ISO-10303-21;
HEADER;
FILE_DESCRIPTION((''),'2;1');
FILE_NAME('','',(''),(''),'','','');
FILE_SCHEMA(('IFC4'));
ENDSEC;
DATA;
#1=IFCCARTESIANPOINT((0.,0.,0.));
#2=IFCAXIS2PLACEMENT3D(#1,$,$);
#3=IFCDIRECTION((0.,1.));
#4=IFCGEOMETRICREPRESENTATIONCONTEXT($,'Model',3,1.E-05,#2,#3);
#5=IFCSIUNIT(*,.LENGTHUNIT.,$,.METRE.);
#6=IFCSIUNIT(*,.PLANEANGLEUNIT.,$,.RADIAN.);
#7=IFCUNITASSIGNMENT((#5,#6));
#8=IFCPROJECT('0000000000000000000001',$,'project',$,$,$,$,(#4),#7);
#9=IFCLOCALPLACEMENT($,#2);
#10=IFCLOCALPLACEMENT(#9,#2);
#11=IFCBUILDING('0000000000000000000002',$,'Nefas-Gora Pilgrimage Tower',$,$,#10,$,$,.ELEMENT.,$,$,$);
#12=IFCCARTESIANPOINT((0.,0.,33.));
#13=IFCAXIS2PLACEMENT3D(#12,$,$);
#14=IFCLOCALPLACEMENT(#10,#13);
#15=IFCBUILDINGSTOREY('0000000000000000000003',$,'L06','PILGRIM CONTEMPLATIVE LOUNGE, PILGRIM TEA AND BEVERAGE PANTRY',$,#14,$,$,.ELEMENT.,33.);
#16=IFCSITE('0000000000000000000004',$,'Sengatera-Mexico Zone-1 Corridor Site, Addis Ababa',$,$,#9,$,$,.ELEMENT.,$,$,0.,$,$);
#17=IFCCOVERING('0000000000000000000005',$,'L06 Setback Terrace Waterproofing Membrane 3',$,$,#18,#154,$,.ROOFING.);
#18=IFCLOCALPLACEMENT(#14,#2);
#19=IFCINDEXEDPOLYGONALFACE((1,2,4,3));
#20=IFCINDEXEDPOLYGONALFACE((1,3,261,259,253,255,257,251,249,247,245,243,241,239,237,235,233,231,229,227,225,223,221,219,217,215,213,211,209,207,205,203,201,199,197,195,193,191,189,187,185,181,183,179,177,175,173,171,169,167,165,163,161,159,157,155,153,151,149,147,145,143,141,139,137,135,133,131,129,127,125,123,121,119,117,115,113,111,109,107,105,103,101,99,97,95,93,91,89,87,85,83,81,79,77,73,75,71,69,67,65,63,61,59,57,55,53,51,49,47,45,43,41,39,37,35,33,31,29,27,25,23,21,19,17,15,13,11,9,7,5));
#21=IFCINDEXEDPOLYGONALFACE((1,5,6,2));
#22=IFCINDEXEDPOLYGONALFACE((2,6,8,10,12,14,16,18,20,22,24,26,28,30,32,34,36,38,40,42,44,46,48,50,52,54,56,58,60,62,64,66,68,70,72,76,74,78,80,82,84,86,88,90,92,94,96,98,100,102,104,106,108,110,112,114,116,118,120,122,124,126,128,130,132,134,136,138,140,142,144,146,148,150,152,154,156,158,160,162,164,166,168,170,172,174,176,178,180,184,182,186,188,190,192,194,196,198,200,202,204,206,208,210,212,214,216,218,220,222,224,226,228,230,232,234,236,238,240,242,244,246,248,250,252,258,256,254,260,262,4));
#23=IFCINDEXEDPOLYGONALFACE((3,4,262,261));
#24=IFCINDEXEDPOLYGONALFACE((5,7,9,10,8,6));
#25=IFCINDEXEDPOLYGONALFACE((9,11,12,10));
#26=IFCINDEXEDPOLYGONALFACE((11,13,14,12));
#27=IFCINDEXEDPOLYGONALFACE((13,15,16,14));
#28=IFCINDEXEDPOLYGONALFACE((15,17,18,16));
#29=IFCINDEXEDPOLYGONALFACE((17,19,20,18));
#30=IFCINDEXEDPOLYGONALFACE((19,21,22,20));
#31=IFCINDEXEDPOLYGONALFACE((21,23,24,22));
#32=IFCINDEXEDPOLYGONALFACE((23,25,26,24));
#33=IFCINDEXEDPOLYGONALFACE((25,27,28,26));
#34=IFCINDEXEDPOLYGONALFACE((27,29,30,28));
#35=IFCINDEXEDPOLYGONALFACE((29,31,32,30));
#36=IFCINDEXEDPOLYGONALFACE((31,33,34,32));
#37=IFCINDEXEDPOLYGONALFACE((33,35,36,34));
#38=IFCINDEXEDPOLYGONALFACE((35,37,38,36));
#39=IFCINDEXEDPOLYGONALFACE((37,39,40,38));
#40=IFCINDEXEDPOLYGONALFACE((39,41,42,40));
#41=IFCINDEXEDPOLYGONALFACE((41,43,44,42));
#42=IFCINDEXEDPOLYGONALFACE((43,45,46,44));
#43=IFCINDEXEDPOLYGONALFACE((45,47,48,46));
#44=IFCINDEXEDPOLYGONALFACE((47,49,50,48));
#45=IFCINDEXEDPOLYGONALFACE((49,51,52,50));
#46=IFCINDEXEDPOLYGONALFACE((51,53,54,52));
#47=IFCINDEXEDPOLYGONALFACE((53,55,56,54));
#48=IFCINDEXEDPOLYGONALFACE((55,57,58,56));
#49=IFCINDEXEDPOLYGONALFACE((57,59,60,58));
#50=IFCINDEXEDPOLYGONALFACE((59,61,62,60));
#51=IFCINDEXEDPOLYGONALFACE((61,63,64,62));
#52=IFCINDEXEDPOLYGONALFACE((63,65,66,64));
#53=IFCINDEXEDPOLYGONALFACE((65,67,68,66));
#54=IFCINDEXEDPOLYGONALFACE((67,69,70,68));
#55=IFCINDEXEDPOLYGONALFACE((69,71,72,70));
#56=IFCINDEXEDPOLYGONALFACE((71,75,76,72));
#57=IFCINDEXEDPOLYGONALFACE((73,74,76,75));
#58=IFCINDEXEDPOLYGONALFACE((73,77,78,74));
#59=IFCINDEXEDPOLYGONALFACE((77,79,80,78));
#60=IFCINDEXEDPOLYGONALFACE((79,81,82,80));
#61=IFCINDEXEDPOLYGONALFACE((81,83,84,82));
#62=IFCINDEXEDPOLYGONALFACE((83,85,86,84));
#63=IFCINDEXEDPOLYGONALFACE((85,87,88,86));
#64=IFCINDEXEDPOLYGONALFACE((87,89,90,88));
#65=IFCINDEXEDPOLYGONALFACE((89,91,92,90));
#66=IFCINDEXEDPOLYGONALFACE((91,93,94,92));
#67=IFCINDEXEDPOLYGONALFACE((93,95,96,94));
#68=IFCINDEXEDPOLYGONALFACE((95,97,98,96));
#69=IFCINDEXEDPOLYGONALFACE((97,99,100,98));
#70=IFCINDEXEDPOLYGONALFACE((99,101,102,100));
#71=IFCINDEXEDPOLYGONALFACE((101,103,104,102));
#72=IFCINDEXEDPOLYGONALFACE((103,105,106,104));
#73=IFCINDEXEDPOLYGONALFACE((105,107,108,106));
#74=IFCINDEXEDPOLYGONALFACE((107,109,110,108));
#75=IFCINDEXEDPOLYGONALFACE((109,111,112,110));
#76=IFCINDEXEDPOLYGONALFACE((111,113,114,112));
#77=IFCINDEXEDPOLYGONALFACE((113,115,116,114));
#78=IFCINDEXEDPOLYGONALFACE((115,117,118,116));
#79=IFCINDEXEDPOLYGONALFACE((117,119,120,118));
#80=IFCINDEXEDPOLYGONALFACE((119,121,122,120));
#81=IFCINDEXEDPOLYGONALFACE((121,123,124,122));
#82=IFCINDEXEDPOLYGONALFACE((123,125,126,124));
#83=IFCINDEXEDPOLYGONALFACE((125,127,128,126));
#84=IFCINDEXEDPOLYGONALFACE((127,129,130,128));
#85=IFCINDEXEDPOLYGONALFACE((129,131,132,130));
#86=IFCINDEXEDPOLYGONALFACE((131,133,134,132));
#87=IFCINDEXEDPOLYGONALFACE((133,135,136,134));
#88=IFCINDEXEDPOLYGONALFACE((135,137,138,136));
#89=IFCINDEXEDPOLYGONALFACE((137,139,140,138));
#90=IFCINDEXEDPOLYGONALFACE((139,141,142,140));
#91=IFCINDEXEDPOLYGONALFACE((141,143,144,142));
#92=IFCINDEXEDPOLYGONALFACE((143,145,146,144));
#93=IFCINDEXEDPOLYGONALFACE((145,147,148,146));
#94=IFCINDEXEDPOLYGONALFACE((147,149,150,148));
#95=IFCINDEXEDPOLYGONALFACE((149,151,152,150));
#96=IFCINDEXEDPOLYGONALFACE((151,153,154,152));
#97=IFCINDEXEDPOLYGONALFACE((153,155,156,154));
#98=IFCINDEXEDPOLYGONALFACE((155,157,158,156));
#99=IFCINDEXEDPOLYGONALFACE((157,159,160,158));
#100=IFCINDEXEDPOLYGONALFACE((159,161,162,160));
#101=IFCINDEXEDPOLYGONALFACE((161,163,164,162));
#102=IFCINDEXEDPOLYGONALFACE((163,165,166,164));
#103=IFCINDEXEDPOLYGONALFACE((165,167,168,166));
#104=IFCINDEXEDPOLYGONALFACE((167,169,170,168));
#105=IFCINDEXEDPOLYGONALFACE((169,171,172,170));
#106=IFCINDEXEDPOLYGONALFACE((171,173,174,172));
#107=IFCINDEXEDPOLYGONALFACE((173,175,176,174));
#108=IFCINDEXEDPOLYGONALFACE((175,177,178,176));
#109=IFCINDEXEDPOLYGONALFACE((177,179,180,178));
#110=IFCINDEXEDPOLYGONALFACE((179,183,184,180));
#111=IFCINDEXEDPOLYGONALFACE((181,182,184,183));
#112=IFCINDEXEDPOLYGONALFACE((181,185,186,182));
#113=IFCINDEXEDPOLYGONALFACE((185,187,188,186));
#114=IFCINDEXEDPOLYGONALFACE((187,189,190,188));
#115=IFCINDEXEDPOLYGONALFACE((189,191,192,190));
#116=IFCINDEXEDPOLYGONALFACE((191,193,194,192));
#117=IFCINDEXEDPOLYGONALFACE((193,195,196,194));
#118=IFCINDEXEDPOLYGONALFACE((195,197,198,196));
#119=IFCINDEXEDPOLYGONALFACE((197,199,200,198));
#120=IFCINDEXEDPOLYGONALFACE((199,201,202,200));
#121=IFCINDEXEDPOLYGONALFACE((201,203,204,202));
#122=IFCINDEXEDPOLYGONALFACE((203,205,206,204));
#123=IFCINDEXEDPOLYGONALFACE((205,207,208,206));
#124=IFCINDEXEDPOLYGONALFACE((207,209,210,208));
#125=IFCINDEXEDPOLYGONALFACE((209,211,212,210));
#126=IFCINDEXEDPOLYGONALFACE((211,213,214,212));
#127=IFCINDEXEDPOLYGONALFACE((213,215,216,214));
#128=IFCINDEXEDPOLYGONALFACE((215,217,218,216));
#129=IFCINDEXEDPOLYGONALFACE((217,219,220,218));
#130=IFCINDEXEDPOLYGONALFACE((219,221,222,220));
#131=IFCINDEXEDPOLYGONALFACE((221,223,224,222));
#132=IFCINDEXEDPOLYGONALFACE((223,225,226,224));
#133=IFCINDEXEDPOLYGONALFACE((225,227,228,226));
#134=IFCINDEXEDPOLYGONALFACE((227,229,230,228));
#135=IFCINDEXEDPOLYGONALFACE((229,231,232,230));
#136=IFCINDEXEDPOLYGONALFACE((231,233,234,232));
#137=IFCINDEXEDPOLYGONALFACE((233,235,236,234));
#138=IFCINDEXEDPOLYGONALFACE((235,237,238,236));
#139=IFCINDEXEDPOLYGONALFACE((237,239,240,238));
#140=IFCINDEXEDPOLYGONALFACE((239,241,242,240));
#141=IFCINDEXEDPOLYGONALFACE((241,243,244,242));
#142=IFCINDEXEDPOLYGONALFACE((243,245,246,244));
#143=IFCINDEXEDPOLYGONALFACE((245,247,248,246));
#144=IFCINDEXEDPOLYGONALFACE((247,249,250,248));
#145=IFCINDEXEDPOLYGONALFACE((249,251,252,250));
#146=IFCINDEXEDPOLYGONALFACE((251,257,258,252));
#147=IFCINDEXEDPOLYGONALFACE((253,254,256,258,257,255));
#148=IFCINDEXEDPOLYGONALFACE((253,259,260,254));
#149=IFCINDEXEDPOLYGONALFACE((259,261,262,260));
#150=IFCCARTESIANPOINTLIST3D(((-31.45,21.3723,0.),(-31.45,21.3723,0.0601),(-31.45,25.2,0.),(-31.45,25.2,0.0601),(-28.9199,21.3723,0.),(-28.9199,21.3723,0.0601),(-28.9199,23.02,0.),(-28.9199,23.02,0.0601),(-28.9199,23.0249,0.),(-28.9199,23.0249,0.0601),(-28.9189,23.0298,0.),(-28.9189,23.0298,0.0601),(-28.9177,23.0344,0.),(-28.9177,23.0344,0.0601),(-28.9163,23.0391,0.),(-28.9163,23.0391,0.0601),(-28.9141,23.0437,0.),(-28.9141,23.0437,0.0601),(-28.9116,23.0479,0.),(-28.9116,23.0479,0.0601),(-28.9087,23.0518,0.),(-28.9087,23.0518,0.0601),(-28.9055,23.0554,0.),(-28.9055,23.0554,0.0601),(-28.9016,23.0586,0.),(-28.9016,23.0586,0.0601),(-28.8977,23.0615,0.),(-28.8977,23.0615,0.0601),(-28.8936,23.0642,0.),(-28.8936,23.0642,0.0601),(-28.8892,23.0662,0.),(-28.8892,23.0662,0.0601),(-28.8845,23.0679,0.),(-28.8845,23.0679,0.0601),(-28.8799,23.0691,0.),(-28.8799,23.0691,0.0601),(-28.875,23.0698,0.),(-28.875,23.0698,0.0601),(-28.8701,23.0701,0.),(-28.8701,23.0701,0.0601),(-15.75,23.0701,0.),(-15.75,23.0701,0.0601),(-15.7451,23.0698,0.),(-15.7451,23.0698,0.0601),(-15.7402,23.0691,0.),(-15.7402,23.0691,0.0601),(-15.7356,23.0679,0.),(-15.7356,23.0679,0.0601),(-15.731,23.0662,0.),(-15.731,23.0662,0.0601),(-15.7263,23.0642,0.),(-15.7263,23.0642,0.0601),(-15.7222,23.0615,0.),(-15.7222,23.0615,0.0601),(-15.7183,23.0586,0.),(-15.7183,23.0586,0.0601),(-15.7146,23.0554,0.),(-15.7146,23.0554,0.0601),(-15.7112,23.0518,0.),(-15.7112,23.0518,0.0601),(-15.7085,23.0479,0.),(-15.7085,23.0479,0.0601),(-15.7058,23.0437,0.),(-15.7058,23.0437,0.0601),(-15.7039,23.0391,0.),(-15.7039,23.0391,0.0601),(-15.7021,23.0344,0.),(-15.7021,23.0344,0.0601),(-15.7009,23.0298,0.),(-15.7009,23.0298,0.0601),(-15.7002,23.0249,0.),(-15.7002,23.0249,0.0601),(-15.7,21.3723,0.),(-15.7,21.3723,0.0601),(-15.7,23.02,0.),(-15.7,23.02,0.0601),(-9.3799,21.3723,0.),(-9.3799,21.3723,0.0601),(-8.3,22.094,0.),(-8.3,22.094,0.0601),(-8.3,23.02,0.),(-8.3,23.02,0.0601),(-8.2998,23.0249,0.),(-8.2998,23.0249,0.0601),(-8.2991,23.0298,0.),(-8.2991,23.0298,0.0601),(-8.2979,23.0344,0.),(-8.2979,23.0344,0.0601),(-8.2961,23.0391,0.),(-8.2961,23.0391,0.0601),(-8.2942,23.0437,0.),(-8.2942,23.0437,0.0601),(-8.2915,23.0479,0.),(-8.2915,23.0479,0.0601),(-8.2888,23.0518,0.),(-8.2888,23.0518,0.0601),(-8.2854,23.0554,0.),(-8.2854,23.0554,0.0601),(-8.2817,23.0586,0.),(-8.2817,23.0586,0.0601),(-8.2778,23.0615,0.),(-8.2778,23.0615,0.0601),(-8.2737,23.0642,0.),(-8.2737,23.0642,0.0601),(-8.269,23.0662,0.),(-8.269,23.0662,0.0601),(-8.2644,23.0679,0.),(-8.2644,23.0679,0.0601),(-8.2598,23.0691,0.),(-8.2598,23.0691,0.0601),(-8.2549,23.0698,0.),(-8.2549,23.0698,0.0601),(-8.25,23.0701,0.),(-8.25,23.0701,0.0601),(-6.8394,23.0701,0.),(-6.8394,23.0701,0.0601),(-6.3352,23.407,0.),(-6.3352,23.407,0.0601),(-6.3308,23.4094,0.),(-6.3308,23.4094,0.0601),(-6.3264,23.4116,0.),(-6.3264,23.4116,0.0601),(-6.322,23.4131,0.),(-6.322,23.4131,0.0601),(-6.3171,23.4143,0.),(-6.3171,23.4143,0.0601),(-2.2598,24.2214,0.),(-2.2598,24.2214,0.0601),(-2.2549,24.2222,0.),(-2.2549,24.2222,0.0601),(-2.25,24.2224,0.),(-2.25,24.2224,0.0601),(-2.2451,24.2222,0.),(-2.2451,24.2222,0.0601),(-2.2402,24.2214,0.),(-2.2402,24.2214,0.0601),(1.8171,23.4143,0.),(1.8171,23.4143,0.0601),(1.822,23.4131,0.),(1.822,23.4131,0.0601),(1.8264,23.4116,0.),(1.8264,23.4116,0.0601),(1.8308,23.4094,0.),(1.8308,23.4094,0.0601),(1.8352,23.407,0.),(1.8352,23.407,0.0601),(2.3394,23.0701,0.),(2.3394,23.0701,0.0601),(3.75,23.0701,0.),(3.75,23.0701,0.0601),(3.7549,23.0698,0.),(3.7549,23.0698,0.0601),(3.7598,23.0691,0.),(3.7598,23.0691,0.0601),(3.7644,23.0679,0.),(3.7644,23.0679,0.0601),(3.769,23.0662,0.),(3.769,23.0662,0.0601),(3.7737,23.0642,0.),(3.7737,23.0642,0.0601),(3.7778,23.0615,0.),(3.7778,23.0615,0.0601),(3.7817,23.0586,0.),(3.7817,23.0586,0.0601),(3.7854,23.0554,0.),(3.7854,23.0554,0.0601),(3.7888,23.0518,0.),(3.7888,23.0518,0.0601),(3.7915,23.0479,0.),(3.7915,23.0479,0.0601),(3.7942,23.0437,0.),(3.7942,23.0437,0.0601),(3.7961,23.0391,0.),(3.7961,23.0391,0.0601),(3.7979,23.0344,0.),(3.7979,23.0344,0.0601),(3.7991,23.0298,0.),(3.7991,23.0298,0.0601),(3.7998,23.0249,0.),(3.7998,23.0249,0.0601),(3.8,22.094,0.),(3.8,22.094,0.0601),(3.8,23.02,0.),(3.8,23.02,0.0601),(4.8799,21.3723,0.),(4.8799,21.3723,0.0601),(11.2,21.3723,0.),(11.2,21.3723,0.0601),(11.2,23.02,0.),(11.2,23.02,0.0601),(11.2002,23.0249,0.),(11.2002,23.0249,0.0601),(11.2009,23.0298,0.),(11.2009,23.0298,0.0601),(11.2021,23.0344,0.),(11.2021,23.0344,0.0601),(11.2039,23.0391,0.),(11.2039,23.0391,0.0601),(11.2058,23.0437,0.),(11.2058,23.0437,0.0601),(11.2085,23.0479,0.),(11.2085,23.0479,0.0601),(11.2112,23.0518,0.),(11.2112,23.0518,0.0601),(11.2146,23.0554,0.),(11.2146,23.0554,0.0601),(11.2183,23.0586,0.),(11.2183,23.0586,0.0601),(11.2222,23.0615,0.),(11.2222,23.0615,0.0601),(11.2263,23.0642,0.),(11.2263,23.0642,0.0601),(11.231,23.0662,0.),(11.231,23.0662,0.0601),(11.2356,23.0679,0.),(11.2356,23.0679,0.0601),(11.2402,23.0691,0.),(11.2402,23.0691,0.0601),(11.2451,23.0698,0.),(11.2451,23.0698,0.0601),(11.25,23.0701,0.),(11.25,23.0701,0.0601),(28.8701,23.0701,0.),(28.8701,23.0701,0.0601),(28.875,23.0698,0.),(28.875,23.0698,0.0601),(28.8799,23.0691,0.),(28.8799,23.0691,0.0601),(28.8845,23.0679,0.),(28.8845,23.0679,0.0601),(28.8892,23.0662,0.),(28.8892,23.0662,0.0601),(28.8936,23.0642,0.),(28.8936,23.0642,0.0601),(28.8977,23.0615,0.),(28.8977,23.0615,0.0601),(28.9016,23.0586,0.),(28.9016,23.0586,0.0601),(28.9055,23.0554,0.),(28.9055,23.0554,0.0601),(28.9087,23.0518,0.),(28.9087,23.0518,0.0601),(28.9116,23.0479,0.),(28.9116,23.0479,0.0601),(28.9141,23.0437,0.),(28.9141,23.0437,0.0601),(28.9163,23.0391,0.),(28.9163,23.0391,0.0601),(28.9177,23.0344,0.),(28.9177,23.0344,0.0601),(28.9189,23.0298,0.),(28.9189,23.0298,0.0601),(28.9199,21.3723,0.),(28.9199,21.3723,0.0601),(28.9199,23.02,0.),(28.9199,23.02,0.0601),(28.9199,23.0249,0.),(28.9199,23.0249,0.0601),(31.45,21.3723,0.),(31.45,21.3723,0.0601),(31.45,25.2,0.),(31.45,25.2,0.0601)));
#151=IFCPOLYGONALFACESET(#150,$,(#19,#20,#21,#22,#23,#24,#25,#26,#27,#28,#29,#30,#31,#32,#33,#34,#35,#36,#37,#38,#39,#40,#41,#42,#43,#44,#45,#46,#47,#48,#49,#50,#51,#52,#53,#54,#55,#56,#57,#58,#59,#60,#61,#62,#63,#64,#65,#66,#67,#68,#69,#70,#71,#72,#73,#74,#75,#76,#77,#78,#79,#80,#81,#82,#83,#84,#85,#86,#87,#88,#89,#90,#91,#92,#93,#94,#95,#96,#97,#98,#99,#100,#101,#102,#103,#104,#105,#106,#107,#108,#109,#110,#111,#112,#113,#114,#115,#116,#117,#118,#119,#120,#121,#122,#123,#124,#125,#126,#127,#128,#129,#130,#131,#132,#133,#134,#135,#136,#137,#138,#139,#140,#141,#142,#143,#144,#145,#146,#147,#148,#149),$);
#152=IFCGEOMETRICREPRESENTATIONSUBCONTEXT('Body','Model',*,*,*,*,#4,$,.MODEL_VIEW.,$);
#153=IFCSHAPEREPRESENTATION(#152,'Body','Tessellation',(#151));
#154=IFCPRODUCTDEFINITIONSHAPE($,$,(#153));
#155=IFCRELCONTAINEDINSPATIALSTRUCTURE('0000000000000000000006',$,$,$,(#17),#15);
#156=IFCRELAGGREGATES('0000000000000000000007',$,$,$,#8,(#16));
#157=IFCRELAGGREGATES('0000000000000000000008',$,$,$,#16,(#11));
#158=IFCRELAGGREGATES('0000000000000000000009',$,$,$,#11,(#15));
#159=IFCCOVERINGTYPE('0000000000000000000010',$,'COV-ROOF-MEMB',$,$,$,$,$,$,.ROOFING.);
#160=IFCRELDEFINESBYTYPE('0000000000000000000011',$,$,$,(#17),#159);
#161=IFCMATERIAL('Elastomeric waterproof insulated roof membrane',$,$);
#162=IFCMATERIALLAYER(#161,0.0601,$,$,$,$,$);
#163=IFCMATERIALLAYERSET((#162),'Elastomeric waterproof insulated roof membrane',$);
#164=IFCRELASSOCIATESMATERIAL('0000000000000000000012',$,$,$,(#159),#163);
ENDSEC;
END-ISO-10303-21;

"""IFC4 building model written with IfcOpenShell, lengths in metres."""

from ifc_helpers import new_model, si_unit, direction, frame, origin, place, context, subcontext, project, spatial, polyline, outline, extrude, material, layer, layer_set, type_object, element, save


model = new_model("IFC4")

# Units and contexts
model_context = context("Model", 3, precision=1e-05, world=origin(), true_north=direction((0.0, 1.0)))
body_context = subcontext(model_context, "Body", "Model", "MODEL_VIEW")
ifc_project = project(units=[si_unit("LENGTHUNIT", "METRE"), si_unit("PLANEANGLEUNIT", "RADIAN")], contexts=[model_context])

# Site, building, storey
site_placement = place(None, origin())
site = spatial("IfcSite", under=ifc_project, at=site_placement, Name="Sengatera-Mexico Zone-1 Corridor Site, Addis Ababa", CompositionType="ELEMENT", RefElevation=0.0)
building_placement = place(site_placement, origin())
building = spatial("IfcBuilding", under=site, at=building_placement, Name="Nefas-Gora Pilgrimage Tower", CompositionType="ELEMENT")
storey_placement = place(building_placement, frame((0.0, 0.0, 33.0)))
storey = spatial("IfcBuildingStorey", under=building, at=storey_placement, Name="L06", Description="PILGRIM CONTEMPLATIVE LOUNGE, PILGRIM TEA AND BEVERAGE PANTRY", CompositionType="ELEMENT", Elevation=33.0)

# Covering
ifc_material_1 = material(Name="Elastomeric waterproof insulated roof membrane")
ifc_layer_1 = layer(ifc_material_1, 0.0601)
ifc_layer_set_1 = layer_set([ifc_layer_1], Name="Elastomeric waterproof insulated roof membrane")
covering_type = type_object("IfcCoveringType", Name="COV-ROOF-MEMB", PredefinedType="ROOFING", material=ifc_layer_set_1)
covering_1_placement = place(storey_placement, origin())
element("IfcCovering", 1, at=covering_1_placement, inside=storey, type_object=covering_type, Name="L06 Setback Terrace Waterproofing Membrane 3", PredefinedType="ROOFING", context=body_context, shape_type="SweptSolid", body=[
    extrude(outline(polyline([(-31.45, 25.2), (-31.45, 21.3723), (-28.9199, 21.3723), (-28.9199, 23.02), (-28.9199, 23.0249), (-28.9189, 23.0298), (-28.9177, 23.0344), (-28.9163, 23.0391), (-28.9141, 23.0437), (-28.9116, 23.0479), (-28.9087, 23.0518), (-28.9055, 23.0554), (-28.9016, 23.0586), (-28.8977, 23.0615), (-28.8936, 23.0642), (-28.8892, 23.0662), (-28.8845, 23.0679), (-28.8799, 23.0691), (-28.875, 23.0698), (-28.8701, 23.0701), (-15.75, 23.0701), (-15.7451, 23.0698), (-15.7402, 23.0691), (-15.7356, 23.0679), (-15.731, 23.0662), (-15.7263, 23.0642), (-15.7222, 23.0615), (-15.7183, 23.0586), (-15.7146, 23.0554), (-15.7112, 23.0518), (-15.7085, 23.0479), (-15.7058, 23.0437), (-15.7039, 23.0391), (-15.7021, 23.0344), (-15.7009, 23.0298), (-15.7002, 23.0249), (-15.7, 23.02), (-15.7, 21.3723), (-9.3799, 21.3723), (-8.3, 22.094), (-8.3, 23.02), (-8.2998, 23.0249), (-8.2991, 23.0298), (-8.2979, 23.0344), (-8.2961, 23.0391), (-8.2942, 23.0437), (-8.2915, 23.0479), (-8.2888, 23.0518), (-8.2854, 23.0554), (-8.2817, 23.0586), (-8.2778, 23.0615), (-8.2737, 23.0642), (-8.269, 23.0662), (-8.2644, 23.0679), (-8.2598, 23.0691), (-8.2549, 23.0698), (-8.25, 23.0701), (-6.8394, 23.0701), (-6.3352, 23.407), (-6.3308, 23.4094), (-6.3264, 23.4116), (-6.322, 23.4131), (-6.3171, 23.4143), (-2.2598, 24.2214), (-2.2549, 24.2222), (-2.25, 24.2224), (-2.2451, 24.2222), (-2.2402, 24.2214), (1.8171, 23.4143), (1.822, 23.4131), (1.8264, 23.4116), (1.8308, 23.4094), (1.8352, 23.407), (2.3394, 23.0701), (3.75, 23.0701), (3.7549, 23.0698), (3.7598, 23.0691), (3.7644, 23.0679), (3.769, 23.0662), (3.7737, 23.0642), (3.7778, 23.0615), (3.7817, 23.0586), (3.7854, 23.0554), (3.7888, 23.0518), (3.7915, 23.0479), (3.7942, 23.0437), (3.7961, 23.0391), (3.7979, 23.0344), (3.7991, 23.0298), (3.7998, 23.0249), (3.8, 23.02), (3.8, 22.094), (4.8799, 21.3723), (11.2, 21.3723), (11.2, 23.02), (11.2002, 23.0249), (11.2009, 23.0298), (11.2021, 23.0344), (11.2039, 23.0391), (11.2058, 23.0437), (11.2085, 23.0479), (11.2112, 23.0518), (11.2146, 23.0554), (11.2183, 23.0586), (11.2222, 23.0615), (11.2263, 23.0642), (11.231, 23.0662), (11.2356, 23.0679), (11.2402, 23.0691), (11.2451, 23.0698), (11.25, 23.0701), (28.8701, 23.0701), (28.875, 23.0698), (28.8799, 23.0691), (28.8845, 23.0679), (28.8892, 23.0662), (28.8936, 23.0642), (28.8977, 23.0615), (28.9016, 23.0586), (28.9055, 23.0554), (28.9087, 23.0518), (28.9116, 23.0479), (28.9141, 23.0437), (28.9163, 23.0391), (28.9177, 23.0344), (28.9189, 23.0298), (28.9199, 23.0249), (28.9199, 23.02), (28.9199, 21.3723), (31.45, 21.3723), (31.45, 25.2), (-31.45, 25.2)])), origin(), (0.0, 0.0, 1.0), 0.0601),
])

save(model, "model.ifc")
